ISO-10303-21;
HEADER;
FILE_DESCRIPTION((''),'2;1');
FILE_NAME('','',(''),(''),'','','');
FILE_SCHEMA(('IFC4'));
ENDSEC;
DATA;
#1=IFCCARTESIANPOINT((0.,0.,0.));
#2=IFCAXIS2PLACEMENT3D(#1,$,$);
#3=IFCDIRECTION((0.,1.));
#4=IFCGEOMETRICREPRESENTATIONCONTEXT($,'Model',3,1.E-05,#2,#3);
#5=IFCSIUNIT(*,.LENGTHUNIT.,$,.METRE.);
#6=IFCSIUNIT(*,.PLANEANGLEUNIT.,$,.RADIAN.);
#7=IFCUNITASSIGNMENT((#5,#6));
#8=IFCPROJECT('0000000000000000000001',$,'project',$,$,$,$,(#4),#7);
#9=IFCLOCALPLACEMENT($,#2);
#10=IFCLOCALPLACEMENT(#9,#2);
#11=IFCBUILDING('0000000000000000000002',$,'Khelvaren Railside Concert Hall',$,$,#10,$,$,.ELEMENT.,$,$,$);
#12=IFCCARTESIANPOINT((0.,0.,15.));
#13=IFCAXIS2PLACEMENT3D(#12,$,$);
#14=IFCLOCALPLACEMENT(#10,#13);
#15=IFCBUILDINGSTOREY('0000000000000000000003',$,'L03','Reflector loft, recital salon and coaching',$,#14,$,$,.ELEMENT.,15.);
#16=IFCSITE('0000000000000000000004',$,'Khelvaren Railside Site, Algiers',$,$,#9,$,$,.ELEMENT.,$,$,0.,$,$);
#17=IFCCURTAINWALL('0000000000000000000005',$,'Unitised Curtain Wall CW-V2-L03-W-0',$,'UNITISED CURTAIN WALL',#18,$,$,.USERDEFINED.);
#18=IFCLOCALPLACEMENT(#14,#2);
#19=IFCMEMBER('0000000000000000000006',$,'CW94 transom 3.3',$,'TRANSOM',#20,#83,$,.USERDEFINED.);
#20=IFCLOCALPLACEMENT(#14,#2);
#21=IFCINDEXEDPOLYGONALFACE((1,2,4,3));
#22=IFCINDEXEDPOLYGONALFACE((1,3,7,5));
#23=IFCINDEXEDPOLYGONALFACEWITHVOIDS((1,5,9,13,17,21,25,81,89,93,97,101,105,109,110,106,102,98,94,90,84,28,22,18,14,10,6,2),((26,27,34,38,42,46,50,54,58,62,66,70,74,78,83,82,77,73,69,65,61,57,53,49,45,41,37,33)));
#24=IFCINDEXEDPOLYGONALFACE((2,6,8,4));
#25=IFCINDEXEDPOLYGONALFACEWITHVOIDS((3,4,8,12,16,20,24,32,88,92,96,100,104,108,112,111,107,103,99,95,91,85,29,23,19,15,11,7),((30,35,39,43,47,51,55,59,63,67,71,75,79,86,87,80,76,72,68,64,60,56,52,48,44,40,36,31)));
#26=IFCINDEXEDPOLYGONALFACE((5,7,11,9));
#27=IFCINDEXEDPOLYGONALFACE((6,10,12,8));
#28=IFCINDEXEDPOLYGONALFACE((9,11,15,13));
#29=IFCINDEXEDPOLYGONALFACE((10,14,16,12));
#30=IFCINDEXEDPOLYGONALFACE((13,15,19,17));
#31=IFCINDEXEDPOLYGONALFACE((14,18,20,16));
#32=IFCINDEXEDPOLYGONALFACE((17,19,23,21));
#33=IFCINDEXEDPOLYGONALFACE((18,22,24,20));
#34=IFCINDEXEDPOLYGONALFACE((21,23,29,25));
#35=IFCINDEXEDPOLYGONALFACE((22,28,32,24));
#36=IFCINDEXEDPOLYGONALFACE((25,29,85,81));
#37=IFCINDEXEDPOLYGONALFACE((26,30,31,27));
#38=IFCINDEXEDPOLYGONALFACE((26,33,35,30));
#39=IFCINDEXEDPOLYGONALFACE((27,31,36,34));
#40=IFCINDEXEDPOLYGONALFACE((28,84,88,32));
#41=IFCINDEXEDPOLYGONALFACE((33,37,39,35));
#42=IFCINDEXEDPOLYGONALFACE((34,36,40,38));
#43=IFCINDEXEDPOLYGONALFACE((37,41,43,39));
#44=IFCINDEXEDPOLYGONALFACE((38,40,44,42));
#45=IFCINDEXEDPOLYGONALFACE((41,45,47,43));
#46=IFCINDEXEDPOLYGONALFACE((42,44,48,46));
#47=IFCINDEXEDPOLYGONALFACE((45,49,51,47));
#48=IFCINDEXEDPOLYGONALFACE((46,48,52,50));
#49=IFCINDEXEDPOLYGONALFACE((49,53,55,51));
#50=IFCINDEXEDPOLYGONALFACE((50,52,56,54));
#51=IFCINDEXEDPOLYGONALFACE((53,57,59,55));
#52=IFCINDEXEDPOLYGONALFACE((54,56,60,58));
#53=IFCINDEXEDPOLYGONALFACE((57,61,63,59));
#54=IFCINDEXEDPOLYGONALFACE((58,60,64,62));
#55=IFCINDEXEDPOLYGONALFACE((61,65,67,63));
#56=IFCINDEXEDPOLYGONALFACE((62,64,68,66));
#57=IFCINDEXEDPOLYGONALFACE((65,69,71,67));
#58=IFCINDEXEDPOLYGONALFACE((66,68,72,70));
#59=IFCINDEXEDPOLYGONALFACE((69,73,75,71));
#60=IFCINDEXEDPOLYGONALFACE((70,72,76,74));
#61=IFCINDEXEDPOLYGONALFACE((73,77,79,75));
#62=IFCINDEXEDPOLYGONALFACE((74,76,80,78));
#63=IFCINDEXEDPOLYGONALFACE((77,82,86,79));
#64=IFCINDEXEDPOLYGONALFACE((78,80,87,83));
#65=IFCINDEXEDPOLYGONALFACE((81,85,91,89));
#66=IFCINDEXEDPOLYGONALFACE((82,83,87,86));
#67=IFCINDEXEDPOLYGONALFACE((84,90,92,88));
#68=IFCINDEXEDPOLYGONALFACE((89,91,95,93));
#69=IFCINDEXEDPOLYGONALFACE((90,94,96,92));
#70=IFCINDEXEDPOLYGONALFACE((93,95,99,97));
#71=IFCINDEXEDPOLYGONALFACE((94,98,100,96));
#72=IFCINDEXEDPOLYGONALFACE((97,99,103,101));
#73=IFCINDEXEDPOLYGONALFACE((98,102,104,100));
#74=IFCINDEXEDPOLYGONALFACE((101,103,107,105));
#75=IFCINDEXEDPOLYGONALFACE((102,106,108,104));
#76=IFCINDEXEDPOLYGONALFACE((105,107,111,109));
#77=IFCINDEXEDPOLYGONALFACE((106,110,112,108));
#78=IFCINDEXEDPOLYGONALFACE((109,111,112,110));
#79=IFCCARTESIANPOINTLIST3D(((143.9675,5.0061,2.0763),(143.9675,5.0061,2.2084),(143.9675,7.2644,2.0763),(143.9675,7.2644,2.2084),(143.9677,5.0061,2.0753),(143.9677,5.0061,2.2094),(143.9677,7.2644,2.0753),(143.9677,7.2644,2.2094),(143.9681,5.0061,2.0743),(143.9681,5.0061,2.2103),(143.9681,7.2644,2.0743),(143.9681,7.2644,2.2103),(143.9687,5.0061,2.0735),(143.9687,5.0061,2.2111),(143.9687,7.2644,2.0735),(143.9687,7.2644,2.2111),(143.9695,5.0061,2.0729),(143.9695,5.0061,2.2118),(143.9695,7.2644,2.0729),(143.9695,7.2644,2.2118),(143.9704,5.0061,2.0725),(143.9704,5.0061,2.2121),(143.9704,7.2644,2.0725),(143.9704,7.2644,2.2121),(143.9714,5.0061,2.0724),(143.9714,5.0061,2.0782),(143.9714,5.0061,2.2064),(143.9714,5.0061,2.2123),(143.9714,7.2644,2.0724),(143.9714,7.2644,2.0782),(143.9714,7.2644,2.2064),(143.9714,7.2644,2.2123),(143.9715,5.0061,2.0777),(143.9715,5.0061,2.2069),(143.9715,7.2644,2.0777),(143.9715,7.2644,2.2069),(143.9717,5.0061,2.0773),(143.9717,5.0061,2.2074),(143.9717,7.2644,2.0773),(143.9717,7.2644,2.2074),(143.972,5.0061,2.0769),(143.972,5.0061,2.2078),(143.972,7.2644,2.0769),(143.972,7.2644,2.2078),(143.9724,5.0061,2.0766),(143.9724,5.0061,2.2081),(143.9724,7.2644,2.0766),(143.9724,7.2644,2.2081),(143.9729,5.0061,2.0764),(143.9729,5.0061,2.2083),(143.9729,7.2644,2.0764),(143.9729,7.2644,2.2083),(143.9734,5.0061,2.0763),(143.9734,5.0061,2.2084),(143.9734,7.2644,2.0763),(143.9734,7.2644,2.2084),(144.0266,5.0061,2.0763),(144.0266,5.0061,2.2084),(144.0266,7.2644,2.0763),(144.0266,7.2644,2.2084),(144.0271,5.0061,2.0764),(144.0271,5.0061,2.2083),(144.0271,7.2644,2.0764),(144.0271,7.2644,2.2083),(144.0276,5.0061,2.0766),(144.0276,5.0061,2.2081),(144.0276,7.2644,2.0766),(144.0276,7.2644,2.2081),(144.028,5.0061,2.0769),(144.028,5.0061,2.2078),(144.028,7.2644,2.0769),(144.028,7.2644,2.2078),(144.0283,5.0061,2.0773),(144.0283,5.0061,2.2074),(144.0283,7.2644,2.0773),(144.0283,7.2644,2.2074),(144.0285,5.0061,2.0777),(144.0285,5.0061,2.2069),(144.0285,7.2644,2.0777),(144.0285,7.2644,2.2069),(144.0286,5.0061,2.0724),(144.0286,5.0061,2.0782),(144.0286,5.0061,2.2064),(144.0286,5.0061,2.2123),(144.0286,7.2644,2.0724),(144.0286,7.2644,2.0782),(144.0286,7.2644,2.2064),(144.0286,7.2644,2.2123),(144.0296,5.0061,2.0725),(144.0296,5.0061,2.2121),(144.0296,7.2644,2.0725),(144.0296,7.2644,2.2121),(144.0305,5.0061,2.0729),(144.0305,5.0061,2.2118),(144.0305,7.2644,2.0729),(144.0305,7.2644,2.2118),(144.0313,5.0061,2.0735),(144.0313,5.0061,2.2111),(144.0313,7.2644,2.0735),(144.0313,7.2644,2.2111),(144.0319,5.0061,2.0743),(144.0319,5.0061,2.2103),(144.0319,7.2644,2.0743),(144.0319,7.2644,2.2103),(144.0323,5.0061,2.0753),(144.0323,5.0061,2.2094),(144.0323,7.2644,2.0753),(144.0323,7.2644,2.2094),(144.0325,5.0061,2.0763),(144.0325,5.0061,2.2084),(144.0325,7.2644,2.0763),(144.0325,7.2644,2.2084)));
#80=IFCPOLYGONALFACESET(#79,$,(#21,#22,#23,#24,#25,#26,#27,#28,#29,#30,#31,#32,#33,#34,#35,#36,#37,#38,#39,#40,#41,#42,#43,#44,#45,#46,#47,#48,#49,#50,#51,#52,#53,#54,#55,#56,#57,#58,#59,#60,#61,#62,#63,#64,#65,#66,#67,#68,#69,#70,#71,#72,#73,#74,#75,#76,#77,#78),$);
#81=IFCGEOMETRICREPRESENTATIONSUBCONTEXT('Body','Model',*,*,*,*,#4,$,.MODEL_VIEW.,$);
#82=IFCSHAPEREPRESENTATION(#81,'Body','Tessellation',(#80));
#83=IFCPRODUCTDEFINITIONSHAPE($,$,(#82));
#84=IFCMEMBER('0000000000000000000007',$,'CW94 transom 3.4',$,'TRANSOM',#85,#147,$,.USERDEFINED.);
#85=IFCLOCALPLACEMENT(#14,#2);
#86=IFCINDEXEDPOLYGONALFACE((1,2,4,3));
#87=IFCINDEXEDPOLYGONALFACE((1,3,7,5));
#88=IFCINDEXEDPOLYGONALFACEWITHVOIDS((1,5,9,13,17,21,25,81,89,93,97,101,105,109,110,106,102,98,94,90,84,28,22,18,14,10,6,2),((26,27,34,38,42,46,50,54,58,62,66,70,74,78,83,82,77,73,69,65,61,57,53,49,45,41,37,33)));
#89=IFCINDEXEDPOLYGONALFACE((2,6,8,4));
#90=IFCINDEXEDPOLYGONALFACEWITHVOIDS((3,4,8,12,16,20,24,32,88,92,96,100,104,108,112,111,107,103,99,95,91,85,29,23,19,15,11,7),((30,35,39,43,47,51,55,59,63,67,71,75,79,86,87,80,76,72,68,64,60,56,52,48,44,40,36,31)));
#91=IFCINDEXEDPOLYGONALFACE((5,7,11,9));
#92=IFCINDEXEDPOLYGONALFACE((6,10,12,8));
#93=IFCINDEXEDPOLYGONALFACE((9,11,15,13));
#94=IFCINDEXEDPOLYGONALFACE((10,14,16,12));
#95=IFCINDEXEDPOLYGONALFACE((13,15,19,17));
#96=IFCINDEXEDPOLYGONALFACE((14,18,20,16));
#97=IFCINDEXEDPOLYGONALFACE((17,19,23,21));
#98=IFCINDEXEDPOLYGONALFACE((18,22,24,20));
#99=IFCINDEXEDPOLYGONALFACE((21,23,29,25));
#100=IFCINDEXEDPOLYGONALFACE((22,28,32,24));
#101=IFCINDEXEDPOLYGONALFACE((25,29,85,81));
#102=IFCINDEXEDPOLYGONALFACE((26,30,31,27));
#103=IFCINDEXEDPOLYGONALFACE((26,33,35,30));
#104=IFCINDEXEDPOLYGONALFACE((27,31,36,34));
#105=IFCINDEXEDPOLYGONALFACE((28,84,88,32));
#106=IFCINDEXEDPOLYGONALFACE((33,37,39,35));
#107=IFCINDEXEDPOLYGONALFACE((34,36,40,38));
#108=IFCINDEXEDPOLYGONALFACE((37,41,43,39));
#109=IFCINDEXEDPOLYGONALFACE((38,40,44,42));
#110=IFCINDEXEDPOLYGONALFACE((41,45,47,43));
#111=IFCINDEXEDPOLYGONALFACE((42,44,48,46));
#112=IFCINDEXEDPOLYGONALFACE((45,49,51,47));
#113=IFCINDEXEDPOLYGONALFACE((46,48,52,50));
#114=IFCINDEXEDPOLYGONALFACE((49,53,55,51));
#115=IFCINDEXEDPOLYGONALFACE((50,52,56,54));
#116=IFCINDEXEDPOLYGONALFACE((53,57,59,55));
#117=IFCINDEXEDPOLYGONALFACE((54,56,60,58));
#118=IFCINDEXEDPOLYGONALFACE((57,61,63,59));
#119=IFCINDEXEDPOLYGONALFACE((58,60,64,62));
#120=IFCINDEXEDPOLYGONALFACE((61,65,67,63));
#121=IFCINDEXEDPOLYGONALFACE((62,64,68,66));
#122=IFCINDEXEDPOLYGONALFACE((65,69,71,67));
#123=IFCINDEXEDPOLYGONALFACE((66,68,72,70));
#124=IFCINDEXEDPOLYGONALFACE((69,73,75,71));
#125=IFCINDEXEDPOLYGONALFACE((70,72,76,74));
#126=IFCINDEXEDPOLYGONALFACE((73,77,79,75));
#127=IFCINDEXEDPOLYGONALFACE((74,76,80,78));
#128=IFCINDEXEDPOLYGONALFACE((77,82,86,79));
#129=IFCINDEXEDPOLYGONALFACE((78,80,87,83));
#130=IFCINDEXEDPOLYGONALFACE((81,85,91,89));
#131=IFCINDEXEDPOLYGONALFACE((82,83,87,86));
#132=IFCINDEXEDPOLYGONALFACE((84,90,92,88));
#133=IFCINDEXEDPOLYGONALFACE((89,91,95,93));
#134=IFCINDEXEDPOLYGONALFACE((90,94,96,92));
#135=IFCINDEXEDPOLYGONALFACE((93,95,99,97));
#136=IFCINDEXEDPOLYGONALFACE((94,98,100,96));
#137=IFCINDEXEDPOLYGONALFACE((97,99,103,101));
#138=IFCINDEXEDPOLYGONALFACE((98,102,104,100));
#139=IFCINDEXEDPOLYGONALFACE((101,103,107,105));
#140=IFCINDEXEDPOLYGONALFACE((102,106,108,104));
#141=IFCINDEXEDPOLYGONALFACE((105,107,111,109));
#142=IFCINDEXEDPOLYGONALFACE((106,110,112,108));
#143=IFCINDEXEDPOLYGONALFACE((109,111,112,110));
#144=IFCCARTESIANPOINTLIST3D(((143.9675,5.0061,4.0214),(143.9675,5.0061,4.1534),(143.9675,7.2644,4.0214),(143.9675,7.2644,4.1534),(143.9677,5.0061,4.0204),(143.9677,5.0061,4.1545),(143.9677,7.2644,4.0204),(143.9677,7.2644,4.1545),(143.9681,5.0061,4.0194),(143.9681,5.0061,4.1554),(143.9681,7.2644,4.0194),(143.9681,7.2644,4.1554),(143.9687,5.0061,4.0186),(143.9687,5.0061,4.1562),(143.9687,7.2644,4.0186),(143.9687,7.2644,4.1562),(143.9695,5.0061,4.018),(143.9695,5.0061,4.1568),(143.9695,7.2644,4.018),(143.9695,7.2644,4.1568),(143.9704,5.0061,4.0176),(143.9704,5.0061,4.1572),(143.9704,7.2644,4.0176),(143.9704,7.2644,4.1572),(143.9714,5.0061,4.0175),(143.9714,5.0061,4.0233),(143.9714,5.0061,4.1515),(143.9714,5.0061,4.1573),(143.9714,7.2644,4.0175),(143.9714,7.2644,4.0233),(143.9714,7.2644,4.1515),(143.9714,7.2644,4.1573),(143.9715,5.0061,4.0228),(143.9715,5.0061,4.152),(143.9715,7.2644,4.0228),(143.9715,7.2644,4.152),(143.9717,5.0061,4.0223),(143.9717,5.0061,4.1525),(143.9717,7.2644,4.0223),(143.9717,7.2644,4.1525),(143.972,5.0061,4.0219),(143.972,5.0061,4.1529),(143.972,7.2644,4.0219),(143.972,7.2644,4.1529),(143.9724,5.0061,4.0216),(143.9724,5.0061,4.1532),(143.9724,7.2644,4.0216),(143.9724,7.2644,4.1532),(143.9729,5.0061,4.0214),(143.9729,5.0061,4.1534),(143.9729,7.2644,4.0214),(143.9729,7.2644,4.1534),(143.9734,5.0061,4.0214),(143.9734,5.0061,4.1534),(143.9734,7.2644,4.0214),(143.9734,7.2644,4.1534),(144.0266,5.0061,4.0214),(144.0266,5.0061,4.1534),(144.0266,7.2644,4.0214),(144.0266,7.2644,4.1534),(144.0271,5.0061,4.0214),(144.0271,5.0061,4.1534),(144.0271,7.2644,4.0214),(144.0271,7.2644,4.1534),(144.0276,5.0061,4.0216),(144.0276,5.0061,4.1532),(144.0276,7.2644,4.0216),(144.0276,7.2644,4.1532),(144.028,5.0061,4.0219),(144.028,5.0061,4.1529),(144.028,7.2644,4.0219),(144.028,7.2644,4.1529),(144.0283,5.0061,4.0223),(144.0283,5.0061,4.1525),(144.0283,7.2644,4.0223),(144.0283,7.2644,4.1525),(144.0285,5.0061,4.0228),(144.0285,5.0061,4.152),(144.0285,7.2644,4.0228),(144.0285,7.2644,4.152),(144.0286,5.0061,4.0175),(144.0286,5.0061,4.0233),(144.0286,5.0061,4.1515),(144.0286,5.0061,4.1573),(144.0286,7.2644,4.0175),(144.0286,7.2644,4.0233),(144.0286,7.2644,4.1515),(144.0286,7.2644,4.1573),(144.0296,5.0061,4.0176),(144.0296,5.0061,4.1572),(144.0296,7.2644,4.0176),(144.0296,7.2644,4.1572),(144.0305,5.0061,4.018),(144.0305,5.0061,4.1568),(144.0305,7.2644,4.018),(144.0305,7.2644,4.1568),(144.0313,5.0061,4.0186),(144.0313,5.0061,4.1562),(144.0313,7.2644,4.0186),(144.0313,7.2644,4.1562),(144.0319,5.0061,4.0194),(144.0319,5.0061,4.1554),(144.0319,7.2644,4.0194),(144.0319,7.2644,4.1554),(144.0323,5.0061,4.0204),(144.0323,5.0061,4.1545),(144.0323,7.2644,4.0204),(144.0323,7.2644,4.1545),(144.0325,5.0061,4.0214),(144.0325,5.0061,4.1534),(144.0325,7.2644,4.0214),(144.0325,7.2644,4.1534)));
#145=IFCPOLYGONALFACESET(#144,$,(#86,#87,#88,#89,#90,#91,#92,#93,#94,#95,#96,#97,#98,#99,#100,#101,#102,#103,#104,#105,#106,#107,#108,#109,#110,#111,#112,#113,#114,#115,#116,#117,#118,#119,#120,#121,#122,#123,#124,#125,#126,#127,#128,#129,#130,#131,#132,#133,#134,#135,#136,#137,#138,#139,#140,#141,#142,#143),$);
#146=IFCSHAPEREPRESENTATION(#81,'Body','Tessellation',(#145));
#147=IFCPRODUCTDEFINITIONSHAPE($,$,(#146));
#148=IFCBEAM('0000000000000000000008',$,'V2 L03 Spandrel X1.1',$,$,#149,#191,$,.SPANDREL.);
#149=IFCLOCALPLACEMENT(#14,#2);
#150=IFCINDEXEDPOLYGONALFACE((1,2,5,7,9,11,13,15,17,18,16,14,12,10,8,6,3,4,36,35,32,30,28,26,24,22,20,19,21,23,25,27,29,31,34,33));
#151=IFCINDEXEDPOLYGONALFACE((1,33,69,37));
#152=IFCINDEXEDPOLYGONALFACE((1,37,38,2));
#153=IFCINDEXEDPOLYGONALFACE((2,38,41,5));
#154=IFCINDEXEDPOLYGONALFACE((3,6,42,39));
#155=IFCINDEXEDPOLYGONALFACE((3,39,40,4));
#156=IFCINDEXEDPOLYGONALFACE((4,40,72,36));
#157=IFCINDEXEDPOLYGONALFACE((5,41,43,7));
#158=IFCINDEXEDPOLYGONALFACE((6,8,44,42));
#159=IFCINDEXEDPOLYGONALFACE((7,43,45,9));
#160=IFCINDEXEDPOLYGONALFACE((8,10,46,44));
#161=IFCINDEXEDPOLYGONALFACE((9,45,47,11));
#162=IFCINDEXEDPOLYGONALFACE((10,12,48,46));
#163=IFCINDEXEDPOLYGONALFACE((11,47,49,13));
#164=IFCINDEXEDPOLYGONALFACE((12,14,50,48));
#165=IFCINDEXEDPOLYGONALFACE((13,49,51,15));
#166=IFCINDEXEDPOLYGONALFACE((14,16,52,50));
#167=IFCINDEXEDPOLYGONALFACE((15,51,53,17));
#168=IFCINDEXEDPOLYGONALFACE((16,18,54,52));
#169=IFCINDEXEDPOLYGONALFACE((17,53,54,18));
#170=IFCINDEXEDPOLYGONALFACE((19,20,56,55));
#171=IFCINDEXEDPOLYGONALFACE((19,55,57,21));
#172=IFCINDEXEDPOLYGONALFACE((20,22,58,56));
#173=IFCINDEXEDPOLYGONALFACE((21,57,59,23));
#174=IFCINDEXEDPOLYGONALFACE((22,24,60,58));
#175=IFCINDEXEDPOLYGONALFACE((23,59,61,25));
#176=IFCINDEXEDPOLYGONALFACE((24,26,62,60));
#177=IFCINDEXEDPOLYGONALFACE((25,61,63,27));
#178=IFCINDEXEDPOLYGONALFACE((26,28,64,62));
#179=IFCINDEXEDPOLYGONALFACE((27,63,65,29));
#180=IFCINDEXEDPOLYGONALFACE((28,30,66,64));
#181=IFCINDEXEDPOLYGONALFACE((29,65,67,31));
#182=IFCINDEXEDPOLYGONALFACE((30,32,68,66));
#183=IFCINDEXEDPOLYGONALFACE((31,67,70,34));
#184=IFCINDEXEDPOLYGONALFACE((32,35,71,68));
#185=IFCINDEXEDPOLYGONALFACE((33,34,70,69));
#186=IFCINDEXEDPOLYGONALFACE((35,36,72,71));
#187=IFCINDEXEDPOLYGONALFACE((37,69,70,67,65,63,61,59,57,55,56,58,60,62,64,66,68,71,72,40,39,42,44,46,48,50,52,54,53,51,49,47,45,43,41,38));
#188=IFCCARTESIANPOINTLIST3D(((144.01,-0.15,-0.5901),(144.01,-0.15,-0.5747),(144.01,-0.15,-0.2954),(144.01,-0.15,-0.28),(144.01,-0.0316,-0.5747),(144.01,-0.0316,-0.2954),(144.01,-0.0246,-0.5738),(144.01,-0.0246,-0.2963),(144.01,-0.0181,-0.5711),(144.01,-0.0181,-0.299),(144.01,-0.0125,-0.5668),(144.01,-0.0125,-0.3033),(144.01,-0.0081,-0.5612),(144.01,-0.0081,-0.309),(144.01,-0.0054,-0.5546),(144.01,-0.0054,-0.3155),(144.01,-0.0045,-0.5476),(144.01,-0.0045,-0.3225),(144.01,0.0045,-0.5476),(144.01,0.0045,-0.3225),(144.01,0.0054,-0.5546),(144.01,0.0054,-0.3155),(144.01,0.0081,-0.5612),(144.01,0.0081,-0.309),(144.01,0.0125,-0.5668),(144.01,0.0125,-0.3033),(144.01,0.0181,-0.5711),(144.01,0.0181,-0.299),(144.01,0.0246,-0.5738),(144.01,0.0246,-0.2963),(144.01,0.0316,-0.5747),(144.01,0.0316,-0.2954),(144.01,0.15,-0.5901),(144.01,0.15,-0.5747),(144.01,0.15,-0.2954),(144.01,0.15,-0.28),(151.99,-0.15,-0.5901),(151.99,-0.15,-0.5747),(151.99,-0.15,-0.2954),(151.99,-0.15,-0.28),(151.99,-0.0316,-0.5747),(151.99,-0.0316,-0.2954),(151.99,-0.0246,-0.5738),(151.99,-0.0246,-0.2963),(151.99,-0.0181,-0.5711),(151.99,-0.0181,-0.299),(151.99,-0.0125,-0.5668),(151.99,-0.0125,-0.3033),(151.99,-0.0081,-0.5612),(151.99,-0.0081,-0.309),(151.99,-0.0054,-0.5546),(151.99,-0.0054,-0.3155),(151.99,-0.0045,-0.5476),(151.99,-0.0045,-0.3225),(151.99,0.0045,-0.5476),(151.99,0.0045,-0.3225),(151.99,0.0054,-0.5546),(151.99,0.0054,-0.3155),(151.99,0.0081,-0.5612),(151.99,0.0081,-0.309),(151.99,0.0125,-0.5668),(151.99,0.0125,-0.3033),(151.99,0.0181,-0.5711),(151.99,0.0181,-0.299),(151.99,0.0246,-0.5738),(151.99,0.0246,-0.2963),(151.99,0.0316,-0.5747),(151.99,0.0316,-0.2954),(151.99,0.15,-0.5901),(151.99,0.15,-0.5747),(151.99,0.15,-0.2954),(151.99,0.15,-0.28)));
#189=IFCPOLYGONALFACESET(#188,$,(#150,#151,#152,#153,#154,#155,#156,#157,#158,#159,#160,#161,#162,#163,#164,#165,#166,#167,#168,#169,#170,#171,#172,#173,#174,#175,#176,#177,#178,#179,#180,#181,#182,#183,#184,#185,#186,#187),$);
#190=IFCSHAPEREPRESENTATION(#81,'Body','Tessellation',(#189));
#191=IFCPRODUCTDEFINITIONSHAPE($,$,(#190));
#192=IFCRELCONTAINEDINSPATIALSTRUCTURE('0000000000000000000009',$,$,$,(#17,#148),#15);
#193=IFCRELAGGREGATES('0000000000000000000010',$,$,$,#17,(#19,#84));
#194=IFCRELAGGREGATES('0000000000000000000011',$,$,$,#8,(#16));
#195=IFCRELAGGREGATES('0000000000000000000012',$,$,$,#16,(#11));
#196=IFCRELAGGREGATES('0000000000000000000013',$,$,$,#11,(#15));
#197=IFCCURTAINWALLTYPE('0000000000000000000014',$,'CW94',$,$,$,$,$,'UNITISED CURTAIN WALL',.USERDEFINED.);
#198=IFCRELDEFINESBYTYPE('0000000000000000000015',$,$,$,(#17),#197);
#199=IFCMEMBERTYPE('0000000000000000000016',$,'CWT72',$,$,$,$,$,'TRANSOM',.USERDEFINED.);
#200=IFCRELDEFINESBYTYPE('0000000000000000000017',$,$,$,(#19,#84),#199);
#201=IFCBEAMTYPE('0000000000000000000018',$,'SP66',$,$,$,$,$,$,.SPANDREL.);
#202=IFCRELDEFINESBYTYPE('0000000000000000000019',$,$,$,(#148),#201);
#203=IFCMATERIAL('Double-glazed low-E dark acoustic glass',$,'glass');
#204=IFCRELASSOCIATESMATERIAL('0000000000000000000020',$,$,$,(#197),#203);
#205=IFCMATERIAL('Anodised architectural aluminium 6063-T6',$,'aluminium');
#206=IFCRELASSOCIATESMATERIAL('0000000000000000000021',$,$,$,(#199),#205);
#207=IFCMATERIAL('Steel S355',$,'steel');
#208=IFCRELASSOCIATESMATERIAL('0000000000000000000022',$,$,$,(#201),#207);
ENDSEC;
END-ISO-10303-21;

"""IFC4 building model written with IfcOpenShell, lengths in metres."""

from ifc_helpers import new_model, si_unit, direction, frame, origin, origin_2d, place, context, subcontext, project, spatial, hollow_rectangle, i_section, extrude, material, material_profile, profile_set, type_object, element, aggregate, save


model = new_model("IFC4")

# Units and contexts
model_context = context("Model", 3, precision=1e-05, world=origin(), true_north=direction((0.0, 1.0)))
body_context = subcontext(model_context, "Body", "Model", "MODEL_VIEW")
ifc_project = project(units=[si_unit("LENGTHUNIT", "METRE"), si_unit("PLANEANGLEUNIT", "RADIAN")], contexts=[model_context])

# Site, building, storey
site_placement = place(None, origin())
site = spatial("IfcSite", under=ifc_project, at=site_placement, Name="Khelvaren Railside Site, Algiers", CompositionType="ELEMENT", RefElevation=0.0)
building_placement = place(site_placement, origin())
building = spatial("IfcBuilding", under=site, at=building_placement, Name="Khelvaren Railside Concert Hall", CompositionType="ELEMENT")
storey_placement = place(building_placement, frame((0.0, 0.0, 15.0)))
storey = spatial("IfcBuildingStorey", under=building, at=storey_placement, Name="L03", Description="Reflector loft, recital salon and coaching", CompositionType="ELEMENT", Elevation=15.0)

# Shared definitions
ifc_material_1 = material(Name="Steel S355", Category="steel")

# Curtain wall, members
ifc_material_2 = material(Name="Double-glazed low-E dark acoustic glass", Category="glass")
curtain_wall_type = type_object("IfcCurtainWallType", Name="CW94", ElementType="UNITISED CURTAIN WALL", PredefinedType="USERDEFINED", material=ifc_material_2)
curtain_wall_placement = place(storey_placement, origin())
curtain_wall = element("IfcCurtainWall", 1, at=curtain_wall_placement, inside=storey, type_object=curtain_wall_type, Name="Unitised Curtain Wall CW-V2-L03-W-0", ObjectType="UNITISED CURTAIN WALL", PredefinedType="USERDEFINED")
ifc_material_3 = material(Name="Anodised architectural aluminium 6063-T6", Category="aluminium")
ifc_material_profile_1 = material_profile(ifc_material_3, hollow_rectangle(XDim=0.0649, YDim=0.1399, WallThickness=0.0039, InnerFilletRadius=0.002, OuterFilletRadius=0.0039, at=origin_2d()), Name="CWT 65x140x4")
ifc_profile_set_1 = profile_set([ifc_material_profile_1], Name="Anodised architectural aluminium 6063-T6")
member_type_1 = type_object("IfcMemberType", Name="CWT72", ElementType="TRANSOM", PredefinedType="USERDEFINED", material=ifc_profile_set_1)
member_1_placement = place(storey_placement, frame((144.0, 5.0061, 2.1423), z_axis=(0.0, 1.0, 0.0), x_axis=(-1.0, 0.0, 0.0)))
member_1 = element("IfcMember", 2, at=member_1_placement, type_object=member_type_1, Name="CW94 transom 3.3", ObjectType="TRANSOM", PredefinedType="USERDEFINED", context=body_context, shape_type="SweptSolid", body=[
    extrude(hollow_rectangle(XDim=0.0649, YDim=0.1399, WallThickness=0.0039, InnerFilletRadius=0.002, OuterFilletRadius=0.0039, at=origin_2d()), origin(), (0.0, 0.0, 1.0), 2.2583),
])
member_2_placement = place(storey_placement, frame((144.0, 5.0061, 4.0874), z_axis=(0.0, 1.0, 0.0), x_axis=(-1.0, 0.0, 0.0)))
member_2 = element("IfcMember", 3, at=member_2_placement, type_object=member_type_1, Name="CW94 transom 3.4", ObjectType="TRANSOM", PredefinedType="USERDEFINED", context=body_context, shape_type="SweptSolid", body=[
    extrude(hollow_rectangle(XDim=0.0649, YDim=0.1399, WallThickness=0.0039, InnerFilletRadius=0.002, OuterFilletRadius=0.0039, at=origin_2d()), origin(), (0.0, 0.0, 1.0), 2.2583),
])

# Beam
ifc_material_profile_2 = material_profile(ifc_material_1, i_section(OverallWidth=0.3, OverallDepth=0.3101, WebThickness=0.009, FlangeThickness=0.0154, FilletRadius=0.0271, at=origin_2d()), Name="HEA 320")
ifc_profile_set_2 = profile_set([ifc_material_profile_2], Name="Steel S355")
beam_type_1 = type_object("IfcBeamType", Name="SP66", PredefinedType="SPANDREL", material=ifc_profile_set_2)
beam_1_placement = place(storey_placement, frame((144.01, 0.0, -0.4351), z_axis=(1.0, 0.0, 0.0), x_axis=(0.0, 1.0, 0.0)))
element("IfcBeam", 4, at=beam_1_placement, inside=storey, type_object=beam_type_1, Name="V2 L03 Spandrel X1.1", PredefinedType="SPANDREL", context=body_context, shape_type="SweptSolid", body=[
    extrude(i_section(OverallWidth=0.3, OverallDepth=0.3101, WebThickness=0.009, FlangeThickness=0.0154, FilletRadius=0.0271, at=origin_2d()), origin(), (0.0, 0.0, 1.0), 7.98),
])

aggregate(curtain_wall, [member_1, member_2])

save(model, "model.ifc")
